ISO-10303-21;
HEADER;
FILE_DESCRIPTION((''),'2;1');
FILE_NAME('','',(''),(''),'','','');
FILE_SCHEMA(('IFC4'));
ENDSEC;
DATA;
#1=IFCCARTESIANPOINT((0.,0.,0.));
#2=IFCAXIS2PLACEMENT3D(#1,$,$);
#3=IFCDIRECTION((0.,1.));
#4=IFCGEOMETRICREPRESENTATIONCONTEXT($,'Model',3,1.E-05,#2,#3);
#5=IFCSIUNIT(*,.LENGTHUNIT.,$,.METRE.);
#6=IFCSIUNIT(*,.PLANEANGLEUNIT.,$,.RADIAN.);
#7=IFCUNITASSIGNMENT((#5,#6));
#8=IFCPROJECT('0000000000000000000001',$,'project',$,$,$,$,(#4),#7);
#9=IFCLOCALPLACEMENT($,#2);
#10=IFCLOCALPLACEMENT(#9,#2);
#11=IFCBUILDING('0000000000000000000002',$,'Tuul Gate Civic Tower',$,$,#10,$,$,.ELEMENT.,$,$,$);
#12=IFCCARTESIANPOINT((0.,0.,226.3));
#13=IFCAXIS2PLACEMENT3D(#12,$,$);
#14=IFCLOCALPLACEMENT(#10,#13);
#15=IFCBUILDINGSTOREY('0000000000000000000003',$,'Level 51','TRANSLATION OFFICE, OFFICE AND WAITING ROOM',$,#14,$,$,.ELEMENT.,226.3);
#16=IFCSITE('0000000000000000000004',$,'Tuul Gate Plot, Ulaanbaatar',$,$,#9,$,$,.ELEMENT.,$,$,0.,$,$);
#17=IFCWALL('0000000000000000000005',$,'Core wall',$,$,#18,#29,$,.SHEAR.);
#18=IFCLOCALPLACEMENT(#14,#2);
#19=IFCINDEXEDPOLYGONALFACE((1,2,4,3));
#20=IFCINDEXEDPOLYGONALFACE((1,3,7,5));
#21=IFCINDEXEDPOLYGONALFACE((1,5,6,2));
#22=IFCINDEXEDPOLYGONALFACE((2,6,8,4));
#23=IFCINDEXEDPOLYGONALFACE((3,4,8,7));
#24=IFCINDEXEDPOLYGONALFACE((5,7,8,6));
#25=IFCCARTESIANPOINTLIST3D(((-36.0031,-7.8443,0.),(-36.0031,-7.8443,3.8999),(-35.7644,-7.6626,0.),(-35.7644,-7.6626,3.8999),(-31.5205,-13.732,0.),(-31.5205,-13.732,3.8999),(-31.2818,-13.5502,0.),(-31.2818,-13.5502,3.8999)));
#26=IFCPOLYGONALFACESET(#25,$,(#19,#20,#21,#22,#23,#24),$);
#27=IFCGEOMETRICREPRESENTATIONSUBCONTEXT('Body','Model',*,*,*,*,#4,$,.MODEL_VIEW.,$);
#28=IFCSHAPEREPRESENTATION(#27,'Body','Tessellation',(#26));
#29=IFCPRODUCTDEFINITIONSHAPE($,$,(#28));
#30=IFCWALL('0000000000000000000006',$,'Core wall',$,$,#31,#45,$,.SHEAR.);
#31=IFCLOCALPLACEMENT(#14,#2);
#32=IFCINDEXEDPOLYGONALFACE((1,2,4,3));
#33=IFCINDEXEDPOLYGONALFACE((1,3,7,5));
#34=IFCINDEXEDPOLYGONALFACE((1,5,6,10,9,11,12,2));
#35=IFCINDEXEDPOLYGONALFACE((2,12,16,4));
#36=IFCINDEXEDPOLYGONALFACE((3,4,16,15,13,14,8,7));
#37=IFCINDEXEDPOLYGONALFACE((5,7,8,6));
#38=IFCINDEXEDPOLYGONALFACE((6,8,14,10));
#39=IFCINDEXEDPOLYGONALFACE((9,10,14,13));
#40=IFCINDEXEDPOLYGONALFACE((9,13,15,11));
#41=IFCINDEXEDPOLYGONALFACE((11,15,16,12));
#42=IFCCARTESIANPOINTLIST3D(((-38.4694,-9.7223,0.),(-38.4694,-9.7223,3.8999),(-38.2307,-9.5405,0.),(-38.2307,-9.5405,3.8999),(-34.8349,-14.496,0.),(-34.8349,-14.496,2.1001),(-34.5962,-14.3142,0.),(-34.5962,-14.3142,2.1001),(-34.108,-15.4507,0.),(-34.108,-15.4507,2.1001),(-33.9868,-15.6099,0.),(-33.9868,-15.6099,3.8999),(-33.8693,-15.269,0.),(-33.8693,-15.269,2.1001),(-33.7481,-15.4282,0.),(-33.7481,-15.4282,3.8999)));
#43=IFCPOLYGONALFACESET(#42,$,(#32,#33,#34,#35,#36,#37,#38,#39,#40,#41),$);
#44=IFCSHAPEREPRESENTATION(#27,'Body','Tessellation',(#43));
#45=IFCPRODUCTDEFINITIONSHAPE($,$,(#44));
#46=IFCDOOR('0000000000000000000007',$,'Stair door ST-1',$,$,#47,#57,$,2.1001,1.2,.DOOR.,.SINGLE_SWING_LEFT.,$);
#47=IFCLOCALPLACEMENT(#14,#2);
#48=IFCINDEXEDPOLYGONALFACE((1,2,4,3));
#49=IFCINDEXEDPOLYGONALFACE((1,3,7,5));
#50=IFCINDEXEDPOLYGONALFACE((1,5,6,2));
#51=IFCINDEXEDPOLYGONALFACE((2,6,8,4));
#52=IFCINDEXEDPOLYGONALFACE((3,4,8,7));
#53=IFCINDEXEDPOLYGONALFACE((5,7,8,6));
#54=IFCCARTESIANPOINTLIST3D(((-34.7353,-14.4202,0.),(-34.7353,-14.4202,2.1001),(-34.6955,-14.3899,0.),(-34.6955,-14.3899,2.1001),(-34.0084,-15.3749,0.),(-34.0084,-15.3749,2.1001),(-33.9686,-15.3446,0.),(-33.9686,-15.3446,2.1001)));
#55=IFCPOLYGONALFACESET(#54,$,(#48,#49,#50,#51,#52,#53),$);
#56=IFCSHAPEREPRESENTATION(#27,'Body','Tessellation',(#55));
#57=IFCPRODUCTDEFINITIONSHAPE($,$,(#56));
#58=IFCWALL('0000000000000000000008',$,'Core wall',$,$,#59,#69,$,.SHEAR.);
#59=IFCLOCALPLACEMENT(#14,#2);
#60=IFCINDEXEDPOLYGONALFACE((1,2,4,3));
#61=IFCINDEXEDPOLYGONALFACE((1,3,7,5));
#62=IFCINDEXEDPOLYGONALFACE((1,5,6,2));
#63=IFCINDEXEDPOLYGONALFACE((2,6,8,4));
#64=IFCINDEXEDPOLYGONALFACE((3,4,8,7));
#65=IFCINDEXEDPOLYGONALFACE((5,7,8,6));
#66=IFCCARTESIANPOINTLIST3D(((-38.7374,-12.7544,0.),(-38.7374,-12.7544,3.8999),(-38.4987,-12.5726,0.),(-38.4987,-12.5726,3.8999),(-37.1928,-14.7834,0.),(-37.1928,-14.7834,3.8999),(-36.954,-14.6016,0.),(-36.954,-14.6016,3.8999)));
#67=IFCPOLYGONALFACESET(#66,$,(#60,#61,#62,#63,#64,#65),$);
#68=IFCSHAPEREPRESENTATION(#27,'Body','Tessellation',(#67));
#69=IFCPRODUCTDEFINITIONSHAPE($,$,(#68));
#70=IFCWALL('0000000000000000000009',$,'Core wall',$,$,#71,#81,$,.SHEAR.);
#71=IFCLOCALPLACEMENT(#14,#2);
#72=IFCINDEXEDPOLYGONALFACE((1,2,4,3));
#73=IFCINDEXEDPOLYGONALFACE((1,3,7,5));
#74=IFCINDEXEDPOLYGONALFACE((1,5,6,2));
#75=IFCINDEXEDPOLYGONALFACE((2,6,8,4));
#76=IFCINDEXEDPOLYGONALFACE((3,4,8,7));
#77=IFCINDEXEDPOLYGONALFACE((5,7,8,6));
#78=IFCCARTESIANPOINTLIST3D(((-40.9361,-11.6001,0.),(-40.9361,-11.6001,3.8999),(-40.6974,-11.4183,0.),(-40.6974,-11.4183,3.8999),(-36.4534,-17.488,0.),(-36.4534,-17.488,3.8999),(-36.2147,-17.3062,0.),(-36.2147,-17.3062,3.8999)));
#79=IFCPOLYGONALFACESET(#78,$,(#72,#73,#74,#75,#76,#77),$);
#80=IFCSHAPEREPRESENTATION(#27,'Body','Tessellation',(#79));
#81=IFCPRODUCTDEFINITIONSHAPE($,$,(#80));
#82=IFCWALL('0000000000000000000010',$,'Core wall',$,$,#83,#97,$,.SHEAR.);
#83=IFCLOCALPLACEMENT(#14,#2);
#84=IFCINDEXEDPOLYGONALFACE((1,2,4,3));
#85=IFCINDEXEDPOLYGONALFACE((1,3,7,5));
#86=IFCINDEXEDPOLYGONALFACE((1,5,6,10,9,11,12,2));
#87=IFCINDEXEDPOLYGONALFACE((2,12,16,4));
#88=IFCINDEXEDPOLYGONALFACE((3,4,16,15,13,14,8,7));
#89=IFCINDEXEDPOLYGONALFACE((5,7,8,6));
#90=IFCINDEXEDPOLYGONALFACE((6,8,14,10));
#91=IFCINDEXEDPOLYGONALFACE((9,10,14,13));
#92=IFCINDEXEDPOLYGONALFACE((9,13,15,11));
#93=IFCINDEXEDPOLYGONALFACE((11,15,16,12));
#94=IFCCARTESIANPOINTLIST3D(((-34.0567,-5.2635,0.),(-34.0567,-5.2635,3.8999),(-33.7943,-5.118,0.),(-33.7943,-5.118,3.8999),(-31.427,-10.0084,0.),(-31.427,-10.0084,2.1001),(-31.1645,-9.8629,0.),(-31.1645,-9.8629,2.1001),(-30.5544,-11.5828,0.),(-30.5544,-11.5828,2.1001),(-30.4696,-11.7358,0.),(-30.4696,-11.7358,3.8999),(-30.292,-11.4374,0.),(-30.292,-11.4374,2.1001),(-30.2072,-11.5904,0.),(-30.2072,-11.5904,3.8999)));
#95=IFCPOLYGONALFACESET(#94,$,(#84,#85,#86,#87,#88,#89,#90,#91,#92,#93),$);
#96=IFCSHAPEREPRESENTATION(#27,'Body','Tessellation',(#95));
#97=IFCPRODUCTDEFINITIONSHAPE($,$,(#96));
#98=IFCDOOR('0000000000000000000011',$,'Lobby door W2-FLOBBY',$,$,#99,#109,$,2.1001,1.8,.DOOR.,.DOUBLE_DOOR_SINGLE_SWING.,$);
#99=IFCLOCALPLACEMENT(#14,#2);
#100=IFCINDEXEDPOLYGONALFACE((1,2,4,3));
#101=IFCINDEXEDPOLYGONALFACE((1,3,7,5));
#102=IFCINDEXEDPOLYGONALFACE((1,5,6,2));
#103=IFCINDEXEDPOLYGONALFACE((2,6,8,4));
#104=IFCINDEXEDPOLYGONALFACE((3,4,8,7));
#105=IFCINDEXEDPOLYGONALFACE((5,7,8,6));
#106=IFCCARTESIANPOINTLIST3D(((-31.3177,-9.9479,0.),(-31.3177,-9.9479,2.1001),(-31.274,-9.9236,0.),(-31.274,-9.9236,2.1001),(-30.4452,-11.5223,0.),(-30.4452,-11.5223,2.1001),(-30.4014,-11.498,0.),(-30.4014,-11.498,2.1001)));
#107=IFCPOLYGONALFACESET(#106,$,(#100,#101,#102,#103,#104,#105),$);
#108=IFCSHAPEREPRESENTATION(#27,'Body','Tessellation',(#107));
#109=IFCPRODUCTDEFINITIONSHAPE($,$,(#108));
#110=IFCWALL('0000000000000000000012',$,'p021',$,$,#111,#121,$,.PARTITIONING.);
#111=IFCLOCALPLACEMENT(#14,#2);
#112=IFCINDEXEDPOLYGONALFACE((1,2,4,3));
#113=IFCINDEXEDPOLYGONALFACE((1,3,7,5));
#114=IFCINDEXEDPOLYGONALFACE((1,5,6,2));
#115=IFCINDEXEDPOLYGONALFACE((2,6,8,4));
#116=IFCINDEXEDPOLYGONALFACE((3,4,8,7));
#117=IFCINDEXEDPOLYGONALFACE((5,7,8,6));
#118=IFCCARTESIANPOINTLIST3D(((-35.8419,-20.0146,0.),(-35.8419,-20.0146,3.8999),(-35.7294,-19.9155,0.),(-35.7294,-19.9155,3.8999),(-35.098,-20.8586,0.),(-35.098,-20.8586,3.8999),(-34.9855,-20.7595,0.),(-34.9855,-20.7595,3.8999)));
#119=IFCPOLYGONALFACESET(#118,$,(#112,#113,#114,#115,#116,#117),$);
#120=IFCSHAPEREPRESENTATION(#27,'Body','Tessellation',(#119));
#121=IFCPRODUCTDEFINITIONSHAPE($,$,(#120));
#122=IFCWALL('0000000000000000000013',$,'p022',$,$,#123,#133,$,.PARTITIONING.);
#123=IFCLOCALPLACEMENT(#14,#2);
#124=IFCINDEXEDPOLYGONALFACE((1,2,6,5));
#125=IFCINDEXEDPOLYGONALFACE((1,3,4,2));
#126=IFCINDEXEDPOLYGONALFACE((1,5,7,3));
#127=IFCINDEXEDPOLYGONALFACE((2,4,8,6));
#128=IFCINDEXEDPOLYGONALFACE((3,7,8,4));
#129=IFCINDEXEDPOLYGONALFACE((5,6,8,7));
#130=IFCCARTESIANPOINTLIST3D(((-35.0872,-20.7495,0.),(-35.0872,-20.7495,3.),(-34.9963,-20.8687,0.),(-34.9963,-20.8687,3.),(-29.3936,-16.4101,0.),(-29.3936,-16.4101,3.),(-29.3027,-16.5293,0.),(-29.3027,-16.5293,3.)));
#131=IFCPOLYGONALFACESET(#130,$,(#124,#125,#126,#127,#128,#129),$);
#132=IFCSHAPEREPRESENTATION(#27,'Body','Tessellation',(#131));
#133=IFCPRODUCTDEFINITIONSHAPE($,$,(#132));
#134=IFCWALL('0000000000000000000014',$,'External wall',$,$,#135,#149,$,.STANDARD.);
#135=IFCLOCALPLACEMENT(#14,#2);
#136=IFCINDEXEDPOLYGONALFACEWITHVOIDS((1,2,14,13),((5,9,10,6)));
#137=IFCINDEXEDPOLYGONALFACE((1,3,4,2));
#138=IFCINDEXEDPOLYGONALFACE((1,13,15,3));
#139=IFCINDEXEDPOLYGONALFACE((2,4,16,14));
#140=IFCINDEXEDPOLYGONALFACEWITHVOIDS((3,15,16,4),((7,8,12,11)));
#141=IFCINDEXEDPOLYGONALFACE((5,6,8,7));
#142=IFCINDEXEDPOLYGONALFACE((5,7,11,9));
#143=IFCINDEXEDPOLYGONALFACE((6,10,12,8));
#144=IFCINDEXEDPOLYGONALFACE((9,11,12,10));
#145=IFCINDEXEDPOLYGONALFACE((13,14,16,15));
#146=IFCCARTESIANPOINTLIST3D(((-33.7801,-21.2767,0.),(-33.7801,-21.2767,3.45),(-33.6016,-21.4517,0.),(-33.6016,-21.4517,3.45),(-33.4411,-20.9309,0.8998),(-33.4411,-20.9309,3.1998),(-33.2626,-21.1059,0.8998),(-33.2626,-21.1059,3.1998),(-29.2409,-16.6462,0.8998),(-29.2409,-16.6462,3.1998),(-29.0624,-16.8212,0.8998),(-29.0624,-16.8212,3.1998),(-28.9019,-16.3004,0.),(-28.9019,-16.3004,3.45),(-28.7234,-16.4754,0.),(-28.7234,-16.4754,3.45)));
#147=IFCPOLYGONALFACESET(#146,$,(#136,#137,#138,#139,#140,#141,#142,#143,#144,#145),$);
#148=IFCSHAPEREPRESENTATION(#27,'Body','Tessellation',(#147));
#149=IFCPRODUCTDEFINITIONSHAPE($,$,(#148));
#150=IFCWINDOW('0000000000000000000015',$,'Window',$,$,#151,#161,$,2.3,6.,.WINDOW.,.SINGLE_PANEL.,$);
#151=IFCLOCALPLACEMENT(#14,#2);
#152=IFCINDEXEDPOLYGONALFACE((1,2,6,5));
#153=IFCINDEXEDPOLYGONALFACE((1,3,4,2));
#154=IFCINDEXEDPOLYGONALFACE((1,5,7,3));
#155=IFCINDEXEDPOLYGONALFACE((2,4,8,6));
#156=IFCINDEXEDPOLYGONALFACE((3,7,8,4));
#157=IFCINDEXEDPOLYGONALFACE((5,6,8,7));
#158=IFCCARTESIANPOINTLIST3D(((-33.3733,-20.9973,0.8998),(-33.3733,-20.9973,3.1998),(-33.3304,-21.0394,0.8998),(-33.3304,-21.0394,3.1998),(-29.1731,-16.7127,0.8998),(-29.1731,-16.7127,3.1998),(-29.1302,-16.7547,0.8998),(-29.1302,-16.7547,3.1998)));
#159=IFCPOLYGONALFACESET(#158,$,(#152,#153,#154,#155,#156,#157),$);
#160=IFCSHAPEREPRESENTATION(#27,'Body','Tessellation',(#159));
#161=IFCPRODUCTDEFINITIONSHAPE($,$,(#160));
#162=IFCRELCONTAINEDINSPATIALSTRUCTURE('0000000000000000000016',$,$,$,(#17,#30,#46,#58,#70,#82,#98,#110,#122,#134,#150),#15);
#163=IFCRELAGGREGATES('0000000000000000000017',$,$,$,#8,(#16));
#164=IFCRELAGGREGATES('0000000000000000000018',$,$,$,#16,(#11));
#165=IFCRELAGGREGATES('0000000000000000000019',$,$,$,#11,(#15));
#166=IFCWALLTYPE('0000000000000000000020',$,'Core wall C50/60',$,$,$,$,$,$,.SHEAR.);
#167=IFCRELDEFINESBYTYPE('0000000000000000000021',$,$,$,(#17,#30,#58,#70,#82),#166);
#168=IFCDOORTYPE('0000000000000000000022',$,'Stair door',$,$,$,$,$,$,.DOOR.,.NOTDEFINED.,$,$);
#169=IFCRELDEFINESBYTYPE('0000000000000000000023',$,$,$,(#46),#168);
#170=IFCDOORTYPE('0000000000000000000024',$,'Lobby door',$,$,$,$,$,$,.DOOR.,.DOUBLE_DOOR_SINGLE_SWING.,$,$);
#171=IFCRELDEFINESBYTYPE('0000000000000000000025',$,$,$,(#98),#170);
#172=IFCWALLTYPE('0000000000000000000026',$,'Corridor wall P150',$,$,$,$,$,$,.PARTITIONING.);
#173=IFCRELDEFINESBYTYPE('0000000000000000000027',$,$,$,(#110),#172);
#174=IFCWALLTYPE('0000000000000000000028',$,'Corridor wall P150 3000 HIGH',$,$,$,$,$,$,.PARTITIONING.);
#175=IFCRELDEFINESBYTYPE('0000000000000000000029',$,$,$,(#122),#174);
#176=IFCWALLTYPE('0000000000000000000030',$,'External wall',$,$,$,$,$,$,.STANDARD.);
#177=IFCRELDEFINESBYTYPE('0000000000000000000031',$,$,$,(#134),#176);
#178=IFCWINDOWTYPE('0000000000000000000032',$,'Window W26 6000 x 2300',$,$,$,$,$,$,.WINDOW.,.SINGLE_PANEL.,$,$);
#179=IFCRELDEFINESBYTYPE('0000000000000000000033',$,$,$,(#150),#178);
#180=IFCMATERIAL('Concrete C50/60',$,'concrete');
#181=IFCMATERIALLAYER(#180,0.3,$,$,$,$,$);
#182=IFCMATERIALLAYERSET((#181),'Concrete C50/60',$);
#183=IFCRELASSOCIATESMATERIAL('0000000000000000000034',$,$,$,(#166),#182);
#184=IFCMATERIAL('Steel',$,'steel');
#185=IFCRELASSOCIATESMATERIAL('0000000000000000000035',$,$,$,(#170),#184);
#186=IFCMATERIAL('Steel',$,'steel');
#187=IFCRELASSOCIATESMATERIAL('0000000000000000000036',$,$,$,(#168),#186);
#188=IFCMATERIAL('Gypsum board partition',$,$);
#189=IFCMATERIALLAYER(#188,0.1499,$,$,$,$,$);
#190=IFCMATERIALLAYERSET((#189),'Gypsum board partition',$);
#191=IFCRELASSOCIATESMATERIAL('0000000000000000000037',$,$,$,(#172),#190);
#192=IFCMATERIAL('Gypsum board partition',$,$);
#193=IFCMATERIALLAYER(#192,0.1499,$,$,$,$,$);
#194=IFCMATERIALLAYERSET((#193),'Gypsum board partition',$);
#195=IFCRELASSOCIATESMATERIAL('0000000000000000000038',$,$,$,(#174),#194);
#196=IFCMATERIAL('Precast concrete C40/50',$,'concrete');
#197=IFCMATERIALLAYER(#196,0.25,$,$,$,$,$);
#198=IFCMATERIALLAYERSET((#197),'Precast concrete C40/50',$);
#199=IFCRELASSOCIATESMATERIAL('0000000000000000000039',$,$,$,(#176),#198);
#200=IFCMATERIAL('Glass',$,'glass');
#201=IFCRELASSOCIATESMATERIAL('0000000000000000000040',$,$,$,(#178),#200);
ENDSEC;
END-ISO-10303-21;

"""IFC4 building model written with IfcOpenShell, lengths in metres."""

from ifc_helpers import new_model, si_unit, direction, frame, frame_2d, origin, place, context, subcontext, project, spatial, rectangle, extrude, material, layer, layer_set, type_object, element, fill, save


model = new_model("IFC4")

# Units and contexts
model_context = context("Model", 3, precision=1e-05, world=origin(), true_north=direction((0.0, 1.0)))
body_context = subcontext(model_context, "Body", "Model", "MODEL_VIEW")
ifc_project = project(units=[si_unit("LENGTHUNIT", "METRE"), si_unit("PLANEANGLEUNIT", "RADIAN")], contexts=[model_context])

# Site, building, storey
site_placement = place(None, origin())
site = spatial("IfcSite", under=ifc_project, at=site_placement, Name="Tuul Gate Plot, Ulaanbaatar", CompositionType="ELEMENT", RefElevation=0.0)
building_placement = place(site_placement, origin())
building = spatial("IfcBuilding", under=site, at=building_placement, Name="Tuul Gate Civic Tower", CompositionType="ELEMENT")
storey_placement = place(building_placement, frame((0.0, 0.0, 226.3)))
storey = spatial("IfcBuildingStorey", under=building, at=storey_placement, Name="Level 51", Description="TRANSLATION OFFICE, OFFICE AND WAITING ROOM", CompositionType="ELEMENT", Elevation=226.3)

# Shared definitions
ifc_material_1 = material(Name="Concrete C50/60", Category="concrete")
ifc_layer_1 = layer(ifc_material_1, 0.3)
ifc_layer_set_1 = layer_set([ifc_layer_1], Name="Concrete C50/60")
wall_type_1 = type_object("IfcWallType", Name="Core wall C50/60", PredefinedType="SHEAR", material=ifc_layer_set_1)
ifc_material_2 = material(Name="Steel", Category="steel")
door_type_1 = type_object("IfcDoorType", Name="Lobby door", OperationType="DOUBLE_DOOR_SINGLE_SWING", PredefinedType="DOOR", material=ifc_material_2)

# Wall
wall_1_placement = place(storey_placement, frame((-31.4011, -13.6411, 0.0), z_axis=(0.0, 0.0, 1.0), x_axis=(-0.60577, 0.79564, 0.0)))
element("IfcWall", 1, at=wall_1_placement, inside=storey, type_object=wall_type_1, Name="Core wall", PredefinedType="SHEAR", context=body_context, shape_type="SweptSolid", body=[
    extrude(rectangle(XDim=7.3999, YDim=0.3, at=frame_2d((3.7, 0.0))), origin(), (0.0, 0.0, 1.0), 3.8999),
])

# Wall, opening, door
wall_2_placement = place(storey_placement, frame((-33.8674, -15.519, 0.0), z_axis=(0.0, 0.0, 1.0), x_axis=(-0.60577, 0.79564, 0.0)))
wall_2 = element("IfcWall", 2, at=wall_2_placement, inside=storey, type_object=wall_type_1, Name="Core wall", PredefinedType="SHEAR", context=body_context, shape_type="SweptSolid", body=[
    extrude(rectangle(XDim=7.3999, YDim=0.3, at=frame_2d((3.7, 0.0))), origin(), (0.0, 0.0, 1.0), 3.8999),
])
opening_1_placement = place(wall_2_placement, frame((0.2, 0.0, 0.0)))
opening_1 = element("IfcOpeningElement", 3, at=opening_1_placement, cuts=wall_2, PredefinedType="OPENING", context=body_context, shape_type="SweptSolid", body=[
    extrude(rectangle(XDim=1.2, YDim=2.1001, at=frame_2d((0.6001, 1.05))), frame((0.0, 0.1602, 0.0), z_axis=(0.0, -1.0, 0.0), x_axis=(1.0, 0.0, 0.0)), (0.0, 0.0, 1.0), 0.3201),
])
ifc_material_3 = material(Name="Steel", Category="steel")
door_type_2 = type_object("IfcDoorType", Name="Stair door", OperationType="NOTDEFINED", PredefinedType="DOOR", material=ifc_material_3)
door_1_placement = place(opening_1_placement, origin())
door_1 = element("IfcDoor", 4, at=door_1_placement, inside=storey, type_object=door_type_2, Name="Stair door ST-1", OperationType="SINGLE_SWING_LEFT", OverallHeight=2.1001, OverallWidth=1.2, PredefinedType="DOOR", context=body_context, shape_type="SweptSolid", body=[
    extrude(rectangle(XDim=1.2, YDim=2.1001, at=frame_2d((0.6001, 1.05))), frame((0.0, 0.0249, 0.0), z_axis=(0.0, -1.0, 0.0), x_axis=(1.0, 0.0, 0.0)), (0.0, 0.0, 1.0), 0.05),
])
fill(opening_1, door_1)

# Walls
wall_3_placement = place(storey_placement, frame((-37.0735, -14.6924, 0.0), z_axis=(0.0, 0.0, 1.0), x_axis=(-0.605729, 0.795671, 0.0)))
element("IfcWall", 5, at=wall_3_placement, inside=storey, type_object=wall_type_1, Name="Core wall", PredefinedType="SHEAR", context=body_context, shape_type="SweptSolid", body=[
    extrude(rectangle(XDim=2.55, YDim=0.3, at=frame_2d((1.2749, 0.0))), origin(), (0.0, 0.0, 1.0), 3.8999),
])
wall_4_placement = place(storey_placement, frame((-36.334, -17.3972, 0.0), z_axis=(0.0, 0.0, 1.0), x_axis=(-0.605754, 0.795652, 0.0)))
element("IfcWall", 6, at=wall_4_placement, inside=storey, type_object=wall_type_1, Name="Core wall", PredefinedType="SHEAR", context=body_context, shape_type="SweptSolid", body=[
    extrude(rectangle(XDim=7.4001, YDim=0.3, at=frame_2d((3.7002, 0.0))), origin(), (0.0, 0.0, 1.0), 3.8999),
])

# Wall, opening, door
wall_5_placement = place(storey_placement, frame((-30.3384, -11.6631, 0.0), z_axis=(0.0, 0.0, 1.0), x_axis=(-0.484752, 0.874652, 0.0)))
wall_5 = element("IfcWall", 7, at=wall_5_placement, inside=storey, type_object=wall_type_1, Name="Core wall", PredefinedType="SHEAR", context=body_context, shape_type="SweptSolid", body=[
    extrude(rectangle(XDim=7.3999, YDim=0.3, at=frame_2d((3.7, 0.0))), origin(), (0.0, 0.0, 1.0), 3.8999),
])
opening_2_placement = place(wall_5_placement, frame((0.175, 0.0, 0.0)))
opening_2 = element("IfcOpeningElement", 8, at=opening_2_placement, cuts=wall_5, PredefinedType="OPENING", context=body_context, shape_type="SweptSolid", body=[
    extrude(rectangle(XDim=1.8, YDim=2.1001, at=frame_2d((0.8999, 1.05))), frame((0.0, 0.1602, 0.0), z_axis=(0.0, -1.0, 0.0), x_axis=(1.0, 0.0, 0.0)), (0.0, 0.0, 1.0), 0.3201),
])
door_2_placement = place(opening_2_placement, frame((1.8, 0.0, 0.0), z_axis=(0.0, 0.0, 1.0), x_axis=(-1.0, 0.0, 0.0)))
door_2 = element("IfcDoor", 9, at=door_2_placement, inside=storey, type_object=door_type_1, Name="Lobby door W2-FLOBBY", OperationType="DOUBLE_DOOR_SINGLE_SWING", OverallHeight=2.1001, OverallWidth=1.8, PredefinedType="DOOR", context=body_context, shape_type="SweptSolid", body=[
    extrude(rectangle(XDim=1.8, YDim=2.1001, at=frame_2d((0.9001, 1.05))), frame((0.0, 0.0249, 0.0), z_axis=(0.0, -1.0, 0.0), x_axis=(1.0, 0.0, 0.0)), (0.0, 0.0, 1.0), 0.05),
])
fill(opening_2, door_2)

# Walls
ifc_material_4 = material(Name="Gypsum board partition")
ifc_layer_2 = layer(ifc_material_4, 0.1499)
ifc_layer_set_2 = layer_set([ifc_layer_2], Name="Gypsum board partition")
wall_type_2 = type_object("IfcWallType", Name="Corridor wall P150", PredefinedType="PARTITIONING", material=ifc_layer_set_2)
wall_6_placement = place(storey_placement, frame((-35.7856, -19.9651, 0.0), z_axis=(0.0, 0.0, 1.0), x_axis=(0.66122, -0.750192, 0.0)))
element("IfcWall", 10, at=wall_6_placement, inside=storey, type_object=wall_type_2, Name="p021", PredefinedType="PARTITIONING", context=body_context, shape_type="SweptSolid", body=[
    extrude(rectangle(XDim=1.125, YDim=0.1499, at=frame_2d((0.5625, 0.0))), origin(), (0.0, 0.0, 1.0), 3.8999),
])
ifc_material_5 = material(Name="Gypsum board partition")
ifc_layer_3 = layer(ifc_material_5, 0.1499)
ifc_layer_set_3 = layer_set([ifc_layer_3], Name="Gypsum board partition")
wall_type_3 = type_object("IfcWallType", Name="Corridor wall P150 3000 HIGH", PredefinedType="PARTITIONING", material=ifc_layer_set_3)
wall_7_placement = place(storey_placement, frame((-35.0417, -20.8091, 0.0), z_axis=(0.0, 0.0, 1.0), x_axis=(0.795339, 0.606164, 0.0)))
element("IfcWall", 11, at=wall_7_placement, inside=storey, type_object=wall_type_3, Name="p022", PredefinedType="PARTITIONING", context=body_context, shape_type="SweptSolid", body=[
    extrude(rectangle(XDim=7.1587, YDim=0.1499, at=frame_2d((3.5793, 0.0))), origin(), (0.0, 0.0, 1.0), 3.0),
])

# Wall, opening, window
ifc_material_6 = material(Name="Precast concrete C40/50", Category="concrete")
ifc_layer_4 = layer(ifc_material_6, 0.25)
ifc_layer_set_4 = layer_set([ifc_layer_4], Name="Precast concrete C40/50")
wall_type_4 = type_object("IfcWallType", Name="External wall", PredefinedType="STANDARD", material=ifc_layer_set_4)
wall_8_placement = place(storey_placement, frame((-33.6909, -21.3643, 0.0), z_axis=(0.0, 0.0, 1.0), x_axis=(0.70003, 0.714114, 0.0)))
wall_8 = element("IfcWall", 12, at=wall_8_placement, inside=storey, type_object=wall_type_4, Name="External wall", PredefinedType="STANDARD", context=body_context, shape_type="SweptSolid", body=[
    extrude(rectangle(XDim=6.9685, YDim=0.25, at=frame_2d((3.4844, 0.0))), origin(), (0.0, 0.0, 1.0), 3.45),
])
opening_3_placement = place(wall_8_placement, frame((0.4844, 0.0, 0.8999)))
opening_3 = element("IfcOpeningElement", 13, at=opening_3_placement, cuts=wall_8, PredefinedType="OPENING", context=body_context, shape_type="SweptSolid", body=[
    extrude(rectangle(XDim=6.0, YDim=2.3, at=frame_2d((3.0, 1.1499))), frame((0.0, 0.135, 0.0), z_axis=(0.0, -1.0, 0.0), x_axis=(1.0, 0.0, 0.0)), (0.0, 0.0, 1.0), 0.27),
])
ifc_material_7 = material(Name="Glass", Category="glass")
window_type = type_object("IfcWindowType", Name="Window W26 6000 x 2300", PartitioningType="SINGLE_PANEL", PredefinedType="WINDOW", material=ifc_material_7)
window_1_placement = place(opening_3_placement, origin())
window_1 = element("IfcWindow", 14, at=window_1_placement, inside=storey, type_object=window_type, Name="Window", OverallHeight=2.3, OverallWidth=6.0, PartitioningType="SINGLE_PANEL", PredefinedType="WINDOW", context=body_context, shape_type="SweptSolid", body=[
    extrude(rectangle(XDim=6.0, YDim=2.3, at=frame_2d((3.0, 1.1499))), frame((0.0, 0.03, 0.0), z_axis=(0.0, -1.0, 0.0), x_axis=(1.0, 0.0, 0.0)), (0.0, 0.0, 1.0), 0.0601),
])
fill(opening_3, window_1)

save(model, "model.ifc")
